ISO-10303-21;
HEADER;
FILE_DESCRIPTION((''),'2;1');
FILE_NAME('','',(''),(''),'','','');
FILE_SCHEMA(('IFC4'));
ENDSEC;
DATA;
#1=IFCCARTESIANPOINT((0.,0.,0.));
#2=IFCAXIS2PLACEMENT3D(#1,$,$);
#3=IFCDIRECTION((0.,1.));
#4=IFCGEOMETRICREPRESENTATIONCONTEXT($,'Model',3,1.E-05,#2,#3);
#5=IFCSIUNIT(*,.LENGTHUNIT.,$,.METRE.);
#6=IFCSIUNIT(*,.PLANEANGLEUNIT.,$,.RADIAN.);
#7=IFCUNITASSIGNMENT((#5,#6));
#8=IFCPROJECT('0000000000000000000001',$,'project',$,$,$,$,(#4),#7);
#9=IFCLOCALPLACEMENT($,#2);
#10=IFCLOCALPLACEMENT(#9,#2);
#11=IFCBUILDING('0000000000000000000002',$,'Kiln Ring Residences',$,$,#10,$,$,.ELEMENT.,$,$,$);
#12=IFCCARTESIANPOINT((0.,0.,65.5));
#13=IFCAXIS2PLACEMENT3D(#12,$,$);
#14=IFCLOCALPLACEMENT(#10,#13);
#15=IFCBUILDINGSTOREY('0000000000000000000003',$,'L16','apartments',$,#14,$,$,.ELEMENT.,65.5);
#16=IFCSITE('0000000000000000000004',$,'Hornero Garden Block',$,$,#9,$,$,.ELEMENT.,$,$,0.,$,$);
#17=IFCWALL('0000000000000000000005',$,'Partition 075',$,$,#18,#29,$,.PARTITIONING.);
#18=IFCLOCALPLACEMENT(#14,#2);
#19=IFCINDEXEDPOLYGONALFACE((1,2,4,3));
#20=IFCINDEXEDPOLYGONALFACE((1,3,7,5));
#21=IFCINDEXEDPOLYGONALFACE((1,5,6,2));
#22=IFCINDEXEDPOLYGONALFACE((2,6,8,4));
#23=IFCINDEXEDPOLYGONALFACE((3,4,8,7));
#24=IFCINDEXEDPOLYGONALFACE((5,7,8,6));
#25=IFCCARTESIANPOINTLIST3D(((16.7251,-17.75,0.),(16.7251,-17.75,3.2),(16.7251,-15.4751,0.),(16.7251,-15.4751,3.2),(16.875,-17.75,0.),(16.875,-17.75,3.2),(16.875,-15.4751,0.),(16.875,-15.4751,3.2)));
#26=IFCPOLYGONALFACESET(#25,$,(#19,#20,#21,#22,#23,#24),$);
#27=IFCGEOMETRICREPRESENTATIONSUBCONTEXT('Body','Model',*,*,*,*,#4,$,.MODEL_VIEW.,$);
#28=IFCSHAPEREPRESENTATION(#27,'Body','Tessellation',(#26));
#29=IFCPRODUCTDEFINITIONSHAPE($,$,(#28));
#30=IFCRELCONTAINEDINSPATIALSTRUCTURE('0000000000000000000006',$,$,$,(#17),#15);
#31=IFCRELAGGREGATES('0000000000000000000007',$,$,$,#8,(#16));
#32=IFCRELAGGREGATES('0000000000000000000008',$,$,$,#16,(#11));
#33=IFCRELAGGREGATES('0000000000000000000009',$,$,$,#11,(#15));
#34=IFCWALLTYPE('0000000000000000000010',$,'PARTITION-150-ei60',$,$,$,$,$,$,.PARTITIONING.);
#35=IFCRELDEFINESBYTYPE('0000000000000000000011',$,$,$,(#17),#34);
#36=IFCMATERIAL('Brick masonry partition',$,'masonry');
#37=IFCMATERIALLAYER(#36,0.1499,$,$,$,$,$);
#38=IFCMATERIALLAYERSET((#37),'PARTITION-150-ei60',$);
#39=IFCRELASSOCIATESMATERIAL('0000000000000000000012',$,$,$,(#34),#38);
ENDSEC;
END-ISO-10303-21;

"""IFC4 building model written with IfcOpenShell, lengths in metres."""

from ifc_helpers import new_model, si_unit, direction, frame, frame_2d, origin, place, context, subcontext, project, spatial, rectangle, extrude, material, layer, layer_set, type_object, element, save


model = new_model("IFC4")

# Units and contexts
model_context = context("Model", 3, precision=1e-05, world=origin(), true_north=direction((0.0, 1.0)))
body_context = subcontext(model_context, "Body", "Model", "MODEL_VIEW")
ifc_project = project(units=[si_unit("LENGTHUNIT", "METRE"), si_unit("PLANEANGLEUNIT", "RADIAN")], contexts=[model_context])

# Site, building, storey
site_placement = place(None, origin())
site = spatial("IfcSite", under=ifc_project, at=site_placement, Name="Hornero Garden Block", CompositionType="ELEMENT", RefElevation=0.0)
building_placement = place(site_placement, origin())
building = spatial("IfcBuilding", under=site, at=building_placement, Name="Kiln Ring Residences", CompositionType="ELEMENT")
storey_placement = place(building_placement, frame((0.0, 0.0, 65.5)))
storey = spatial("IfcBuildingStorey", under=building, at=storey_placement, Name="L16", Description="apartments", CompositionType="ELEMENT", Elevation=65.5)

# Wall
ifc_material_1 = material(Name="Brick masonry partition", Category="masonry")
ifc_layer_1 = layer(ifc_material_1, 0.1499)
ifc_layer_set_1 = layer_set([ifc_layer_1], Name="PARTITION-150-ei60")
wall_type_1 = type_object("IfcWallType", Name="PARTITION-150-ei60", PredefinedType="PARTITIONING", material=ifc_layer_set_1)
wall_1_placement = place(storey_placement, frame((16.8, -17.75, 0.0), z_axis=(0.0, 0.0, 1.0), x_axis=(0.0, 1.0, 0.0)))
element("IfcWall", 1, at=wall_1_placement, inside=storey, type_object=wall_type_1, Name="Partition 075", PredefinedType="PARTITIONING", context=body_context, shape_type="SweptSolid", body=[
    extrude(rectangle(XDim=2.2749, YDim=0.1499, at=frame_2d((1.1375, 0.0))), origin(), (0.0, 0.0, 1.0), 3.2),
])

save(model, "model.ifc")
